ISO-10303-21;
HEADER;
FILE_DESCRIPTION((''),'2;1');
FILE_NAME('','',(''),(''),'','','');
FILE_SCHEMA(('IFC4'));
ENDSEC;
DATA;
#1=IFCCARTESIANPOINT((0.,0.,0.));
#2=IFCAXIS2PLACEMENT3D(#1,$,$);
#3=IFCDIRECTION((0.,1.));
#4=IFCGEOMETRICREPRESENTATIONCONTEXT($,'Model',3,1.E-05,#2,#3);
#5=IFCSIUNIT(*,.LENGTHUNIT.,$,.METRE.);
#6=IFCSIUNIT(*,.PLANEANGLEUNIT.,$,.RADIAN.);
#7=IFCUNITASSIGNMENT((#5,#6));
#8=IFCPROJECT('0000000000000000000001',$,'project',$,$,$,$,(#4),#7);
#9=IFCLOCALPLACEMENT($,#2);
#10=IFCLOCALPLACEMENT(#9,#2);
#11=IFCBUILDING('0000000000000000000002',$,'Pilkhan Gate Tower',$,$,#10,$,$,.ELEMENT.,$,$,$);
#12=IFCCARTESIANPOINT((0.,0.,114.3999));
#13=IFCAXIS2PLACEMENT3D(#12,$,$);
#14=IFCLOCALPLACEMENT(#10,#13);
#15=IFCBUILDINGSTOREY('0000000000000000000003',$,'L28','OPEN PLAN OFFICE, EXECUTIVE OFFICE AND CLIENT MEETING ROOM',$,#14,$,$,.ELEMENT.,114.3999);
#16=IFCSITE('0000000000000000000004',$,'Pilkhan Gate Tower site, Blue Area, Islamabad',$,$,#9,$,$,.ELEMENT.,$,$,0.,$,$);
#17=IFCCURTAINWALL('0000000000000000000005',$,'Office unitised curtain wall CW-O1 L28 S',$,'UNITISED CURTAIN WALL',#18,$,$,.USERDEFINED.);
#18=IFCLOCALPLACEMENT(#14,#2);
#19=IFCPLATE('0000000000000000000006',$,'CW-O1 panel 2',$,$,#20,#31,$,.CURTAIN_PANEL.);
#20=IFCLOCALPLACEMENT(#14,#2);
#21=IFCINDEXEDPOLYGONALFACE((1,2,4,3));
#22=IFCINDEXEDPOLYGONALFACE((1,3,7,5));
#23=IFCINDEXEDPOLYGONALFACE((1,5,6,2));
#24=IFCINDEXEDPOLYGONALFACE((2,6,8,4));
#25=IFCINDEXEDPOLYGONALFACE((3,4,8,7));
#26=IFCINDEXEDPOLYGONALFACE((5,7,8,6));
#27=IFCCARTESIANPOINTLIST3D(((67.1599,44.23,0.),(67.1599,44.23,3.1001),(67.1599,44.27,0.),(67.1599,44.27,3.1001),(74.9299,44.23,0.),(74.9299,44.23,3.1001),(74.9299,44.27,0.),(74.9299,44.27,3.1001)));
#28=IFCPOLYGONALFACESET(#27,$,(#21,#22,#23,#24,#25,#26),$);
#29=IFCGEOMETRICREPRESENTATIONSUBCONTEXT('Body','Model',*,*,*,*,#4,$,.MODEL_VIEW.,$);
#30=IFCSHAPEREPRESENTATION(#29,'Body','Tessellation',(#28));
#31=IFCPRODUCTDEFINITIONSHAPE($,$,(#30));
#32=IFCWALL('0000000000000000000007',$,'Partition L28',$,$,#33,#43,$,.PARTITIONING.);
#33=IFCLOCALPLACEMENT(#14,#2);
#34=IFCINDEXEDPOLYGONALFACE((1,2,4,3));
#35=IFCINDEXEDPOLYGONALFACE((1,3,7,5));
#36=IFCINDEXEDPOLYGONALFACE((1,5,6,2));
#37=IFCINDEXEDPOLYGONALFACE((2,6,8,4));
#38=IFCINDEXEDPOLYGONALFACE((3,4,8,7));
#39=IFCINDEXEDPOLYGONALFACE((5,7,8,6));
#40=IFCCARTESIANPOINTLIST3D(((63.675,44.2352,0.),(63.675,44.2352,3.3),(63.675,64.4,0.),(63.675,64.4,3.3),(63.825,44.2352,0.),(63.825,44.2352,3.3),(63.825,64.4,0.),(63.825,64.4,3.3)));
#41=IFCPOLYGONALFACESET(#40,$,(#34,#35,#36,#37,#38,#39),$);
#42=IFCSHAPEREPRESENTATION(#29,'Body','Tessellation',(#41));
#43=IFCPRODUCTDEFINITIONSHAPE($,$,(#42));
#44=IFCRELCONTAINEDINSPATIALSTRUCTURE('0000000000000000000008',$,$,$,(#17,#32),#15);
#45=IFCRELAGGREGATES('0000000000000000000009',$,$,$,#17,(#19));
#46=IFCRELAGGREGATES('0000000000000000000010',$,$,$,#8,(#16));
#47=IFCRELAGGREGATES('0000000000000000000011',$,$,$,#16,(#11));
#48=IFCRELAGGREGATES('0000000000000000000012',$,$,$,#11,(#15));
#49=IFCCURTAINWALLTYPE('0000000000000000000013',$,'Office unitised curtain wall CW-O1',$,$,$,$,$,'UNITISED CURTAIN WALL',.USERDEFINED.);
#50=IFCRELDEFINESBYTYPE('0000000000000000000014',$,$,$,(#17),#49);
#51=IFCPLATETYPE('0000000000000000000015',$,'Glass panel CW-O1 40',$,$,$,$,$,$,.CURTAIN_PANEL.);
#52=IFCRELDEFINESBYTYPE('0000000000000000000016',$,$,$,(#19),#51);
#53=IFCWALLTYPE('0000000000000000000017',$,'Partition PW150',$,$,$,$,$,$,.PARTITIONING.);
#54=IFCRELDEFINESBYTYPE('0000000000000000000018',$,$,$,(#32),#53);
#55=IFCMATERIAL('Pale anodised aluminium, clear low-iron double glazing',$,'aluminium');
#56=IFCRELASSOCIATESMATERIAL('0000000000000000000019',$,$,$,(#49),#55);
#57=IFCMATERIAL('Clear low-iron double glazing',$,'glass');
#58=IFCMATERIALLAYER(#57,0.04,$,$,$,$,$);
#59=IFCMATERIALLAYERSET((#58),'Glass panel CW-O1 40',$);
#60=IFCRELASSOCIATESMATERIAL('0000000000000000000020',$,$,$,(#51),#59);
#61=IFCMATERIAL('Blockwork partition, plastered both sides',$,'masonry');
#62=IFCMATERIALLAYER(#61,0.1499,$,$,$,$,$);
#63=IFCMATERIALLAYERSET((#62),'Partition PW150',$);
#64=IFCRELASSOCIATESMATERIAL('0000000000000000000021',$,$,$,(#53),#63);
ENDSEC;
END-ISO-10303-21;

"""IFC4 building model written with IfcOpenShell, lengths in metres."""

from ifc_helpers import new_model, si_unit, direction, frame, frame_2d, origin, origin_2d, place, context, subcontext, project, spatial, rectangle, extrude, material, layer, layer_set, type_object, element, aggregate, save


model = new_model("IFC4")

# Units and contexts
model_context = context("Model", 3, precision=1e-05, world=origin(), true_north=direction((0.0, 1.0)))
body_context = subcontext(model_context, "Body", "Model", "MODEL_VIEW")
ifc_project = project(units=[si_unit("LENGTHUNIT", "METRE"), si_unit("PLANEANGLEUNIT", "RADIAN")], contexts=[model_context])

# Site, building, storey
site_placement = place(None, origin())
site = spatial("IfcSite", under=ifc_project, at=site_placement, Name="Pilkhan Gate Tower site, Blue Area, Islamabad", CompositionType="ELEMENT", RefElevation=0.0)
building_placement = place(site_placement, origin())
building = spatial("IfcBuilding", under=site, at=building_placement, Name="Pilkhan Gate Tower", CompositionType="ELEMENT")
storey_placement = place(building_placement, frame((0.0, 0.0, 114.3999)))
storey = spatial("IfcBuildingStorey", under=building, at=storey_placement, Name="L28", Description="OPEN PLAN OFFICE, EXECUTIVE OFFICE AND CLIENT MEETING ROOM", CompositionType="ELEMENT", Elevation=114.3999)

# Shared definitions
ifc_material_1 = material(Name="Pale anodised aluminium, clear low-iron double glazing", Category="aluminium")
curtain_wall_type = type_object("IfcCurtainWallType", Name="Office unitised curtain wall CW-O1", ElementType="UNITISED CURTAIN WALL", PredefinedType="USERDEFINED", material=ifc_material_1)

# Curtain wall
curtain_wall_1_placement = place(storey_placement, origin())
curtain_wall_1 = element("IfcCurtainWall", 1, at=curtain_wall_1_placement, inside=storey, type_object=curtain_wall_type, Name="Office unitised curtain wall CW-O1 L28 S", ObjectType="UNITISED CURTAIN WALL", PredefinedType="USERDEFINED")

# Plate
ifc_material_2 = material(Name="Clear low-iron double glazing", Category="glass")
ifc_layer_1 = layer(ifc_material_2, 0.04)
ifc_layer_set_1 = layer_set([ifc_layer_1], Name="Glass panel CW-O1 40")
plate_type = type_object("IfcPlateType", Name="Glass panel CW-O1 40", PredefinedType="CURTAIN_PANEL", material=ifc_layer_set_1)
plate_1_placement = place(storey_placement, frame((71.0449, 44.25, 0.0), z_axis=(0.0, 0.0, 1.0), x_axis=(1.0, 0.0, 0.0)))
plate_1 = element("IfcPlate", 2, at=plate_1_placement, type_object=plate_type, Name="CW-O1 panel 2", PredefinedType="CURTAIN_PANEL", context=body_context, shape_type="SweptSolid", body=[
    extrude(rectangle(XDim=7.77, YDim=0.04, at=origin_2d()), origin(), (0.0, 0.0, 1.0), 3.1001),
])
aggregate(curtain_wall_1, [plate_1])

# Wall
ifc_material_3 = material(Name="Blockwork partition, plastered both sides", Category="masonry")
ifc_layer_2 = layer(ifc_material_3, 0.1499)
ifc_layer_set_2 = layer_set([ifc_layer_2], Name="Partition PW150")
wall_type = type_object("IfcWallType", Name="Partition PW150", PredefinedType="PARTITIONING", material=ifc_layer_set_2)
wall_placement = place(storey_placement, frame((63.75, 44.2351, 0.0), z_axis=(0.0, 0.0, 1.0), x_axis=(0.0, 1.0, 0.0)))
element("IfcWall", 3, at=wall_placement, inside=storey, type_object=wall_type, Name="Partition L28", PredefinedType="PARTITIONING", context=body_context, shape_type="SweptSolid", body=[
    extrude(rectangle(XDim=20.1648, YDim=0.1499, at=frame_2d((10.0825, 0.0))), origin(), (0.0, 0.0, 1.0), 3.3),
])

save(model, "model.ifc")
